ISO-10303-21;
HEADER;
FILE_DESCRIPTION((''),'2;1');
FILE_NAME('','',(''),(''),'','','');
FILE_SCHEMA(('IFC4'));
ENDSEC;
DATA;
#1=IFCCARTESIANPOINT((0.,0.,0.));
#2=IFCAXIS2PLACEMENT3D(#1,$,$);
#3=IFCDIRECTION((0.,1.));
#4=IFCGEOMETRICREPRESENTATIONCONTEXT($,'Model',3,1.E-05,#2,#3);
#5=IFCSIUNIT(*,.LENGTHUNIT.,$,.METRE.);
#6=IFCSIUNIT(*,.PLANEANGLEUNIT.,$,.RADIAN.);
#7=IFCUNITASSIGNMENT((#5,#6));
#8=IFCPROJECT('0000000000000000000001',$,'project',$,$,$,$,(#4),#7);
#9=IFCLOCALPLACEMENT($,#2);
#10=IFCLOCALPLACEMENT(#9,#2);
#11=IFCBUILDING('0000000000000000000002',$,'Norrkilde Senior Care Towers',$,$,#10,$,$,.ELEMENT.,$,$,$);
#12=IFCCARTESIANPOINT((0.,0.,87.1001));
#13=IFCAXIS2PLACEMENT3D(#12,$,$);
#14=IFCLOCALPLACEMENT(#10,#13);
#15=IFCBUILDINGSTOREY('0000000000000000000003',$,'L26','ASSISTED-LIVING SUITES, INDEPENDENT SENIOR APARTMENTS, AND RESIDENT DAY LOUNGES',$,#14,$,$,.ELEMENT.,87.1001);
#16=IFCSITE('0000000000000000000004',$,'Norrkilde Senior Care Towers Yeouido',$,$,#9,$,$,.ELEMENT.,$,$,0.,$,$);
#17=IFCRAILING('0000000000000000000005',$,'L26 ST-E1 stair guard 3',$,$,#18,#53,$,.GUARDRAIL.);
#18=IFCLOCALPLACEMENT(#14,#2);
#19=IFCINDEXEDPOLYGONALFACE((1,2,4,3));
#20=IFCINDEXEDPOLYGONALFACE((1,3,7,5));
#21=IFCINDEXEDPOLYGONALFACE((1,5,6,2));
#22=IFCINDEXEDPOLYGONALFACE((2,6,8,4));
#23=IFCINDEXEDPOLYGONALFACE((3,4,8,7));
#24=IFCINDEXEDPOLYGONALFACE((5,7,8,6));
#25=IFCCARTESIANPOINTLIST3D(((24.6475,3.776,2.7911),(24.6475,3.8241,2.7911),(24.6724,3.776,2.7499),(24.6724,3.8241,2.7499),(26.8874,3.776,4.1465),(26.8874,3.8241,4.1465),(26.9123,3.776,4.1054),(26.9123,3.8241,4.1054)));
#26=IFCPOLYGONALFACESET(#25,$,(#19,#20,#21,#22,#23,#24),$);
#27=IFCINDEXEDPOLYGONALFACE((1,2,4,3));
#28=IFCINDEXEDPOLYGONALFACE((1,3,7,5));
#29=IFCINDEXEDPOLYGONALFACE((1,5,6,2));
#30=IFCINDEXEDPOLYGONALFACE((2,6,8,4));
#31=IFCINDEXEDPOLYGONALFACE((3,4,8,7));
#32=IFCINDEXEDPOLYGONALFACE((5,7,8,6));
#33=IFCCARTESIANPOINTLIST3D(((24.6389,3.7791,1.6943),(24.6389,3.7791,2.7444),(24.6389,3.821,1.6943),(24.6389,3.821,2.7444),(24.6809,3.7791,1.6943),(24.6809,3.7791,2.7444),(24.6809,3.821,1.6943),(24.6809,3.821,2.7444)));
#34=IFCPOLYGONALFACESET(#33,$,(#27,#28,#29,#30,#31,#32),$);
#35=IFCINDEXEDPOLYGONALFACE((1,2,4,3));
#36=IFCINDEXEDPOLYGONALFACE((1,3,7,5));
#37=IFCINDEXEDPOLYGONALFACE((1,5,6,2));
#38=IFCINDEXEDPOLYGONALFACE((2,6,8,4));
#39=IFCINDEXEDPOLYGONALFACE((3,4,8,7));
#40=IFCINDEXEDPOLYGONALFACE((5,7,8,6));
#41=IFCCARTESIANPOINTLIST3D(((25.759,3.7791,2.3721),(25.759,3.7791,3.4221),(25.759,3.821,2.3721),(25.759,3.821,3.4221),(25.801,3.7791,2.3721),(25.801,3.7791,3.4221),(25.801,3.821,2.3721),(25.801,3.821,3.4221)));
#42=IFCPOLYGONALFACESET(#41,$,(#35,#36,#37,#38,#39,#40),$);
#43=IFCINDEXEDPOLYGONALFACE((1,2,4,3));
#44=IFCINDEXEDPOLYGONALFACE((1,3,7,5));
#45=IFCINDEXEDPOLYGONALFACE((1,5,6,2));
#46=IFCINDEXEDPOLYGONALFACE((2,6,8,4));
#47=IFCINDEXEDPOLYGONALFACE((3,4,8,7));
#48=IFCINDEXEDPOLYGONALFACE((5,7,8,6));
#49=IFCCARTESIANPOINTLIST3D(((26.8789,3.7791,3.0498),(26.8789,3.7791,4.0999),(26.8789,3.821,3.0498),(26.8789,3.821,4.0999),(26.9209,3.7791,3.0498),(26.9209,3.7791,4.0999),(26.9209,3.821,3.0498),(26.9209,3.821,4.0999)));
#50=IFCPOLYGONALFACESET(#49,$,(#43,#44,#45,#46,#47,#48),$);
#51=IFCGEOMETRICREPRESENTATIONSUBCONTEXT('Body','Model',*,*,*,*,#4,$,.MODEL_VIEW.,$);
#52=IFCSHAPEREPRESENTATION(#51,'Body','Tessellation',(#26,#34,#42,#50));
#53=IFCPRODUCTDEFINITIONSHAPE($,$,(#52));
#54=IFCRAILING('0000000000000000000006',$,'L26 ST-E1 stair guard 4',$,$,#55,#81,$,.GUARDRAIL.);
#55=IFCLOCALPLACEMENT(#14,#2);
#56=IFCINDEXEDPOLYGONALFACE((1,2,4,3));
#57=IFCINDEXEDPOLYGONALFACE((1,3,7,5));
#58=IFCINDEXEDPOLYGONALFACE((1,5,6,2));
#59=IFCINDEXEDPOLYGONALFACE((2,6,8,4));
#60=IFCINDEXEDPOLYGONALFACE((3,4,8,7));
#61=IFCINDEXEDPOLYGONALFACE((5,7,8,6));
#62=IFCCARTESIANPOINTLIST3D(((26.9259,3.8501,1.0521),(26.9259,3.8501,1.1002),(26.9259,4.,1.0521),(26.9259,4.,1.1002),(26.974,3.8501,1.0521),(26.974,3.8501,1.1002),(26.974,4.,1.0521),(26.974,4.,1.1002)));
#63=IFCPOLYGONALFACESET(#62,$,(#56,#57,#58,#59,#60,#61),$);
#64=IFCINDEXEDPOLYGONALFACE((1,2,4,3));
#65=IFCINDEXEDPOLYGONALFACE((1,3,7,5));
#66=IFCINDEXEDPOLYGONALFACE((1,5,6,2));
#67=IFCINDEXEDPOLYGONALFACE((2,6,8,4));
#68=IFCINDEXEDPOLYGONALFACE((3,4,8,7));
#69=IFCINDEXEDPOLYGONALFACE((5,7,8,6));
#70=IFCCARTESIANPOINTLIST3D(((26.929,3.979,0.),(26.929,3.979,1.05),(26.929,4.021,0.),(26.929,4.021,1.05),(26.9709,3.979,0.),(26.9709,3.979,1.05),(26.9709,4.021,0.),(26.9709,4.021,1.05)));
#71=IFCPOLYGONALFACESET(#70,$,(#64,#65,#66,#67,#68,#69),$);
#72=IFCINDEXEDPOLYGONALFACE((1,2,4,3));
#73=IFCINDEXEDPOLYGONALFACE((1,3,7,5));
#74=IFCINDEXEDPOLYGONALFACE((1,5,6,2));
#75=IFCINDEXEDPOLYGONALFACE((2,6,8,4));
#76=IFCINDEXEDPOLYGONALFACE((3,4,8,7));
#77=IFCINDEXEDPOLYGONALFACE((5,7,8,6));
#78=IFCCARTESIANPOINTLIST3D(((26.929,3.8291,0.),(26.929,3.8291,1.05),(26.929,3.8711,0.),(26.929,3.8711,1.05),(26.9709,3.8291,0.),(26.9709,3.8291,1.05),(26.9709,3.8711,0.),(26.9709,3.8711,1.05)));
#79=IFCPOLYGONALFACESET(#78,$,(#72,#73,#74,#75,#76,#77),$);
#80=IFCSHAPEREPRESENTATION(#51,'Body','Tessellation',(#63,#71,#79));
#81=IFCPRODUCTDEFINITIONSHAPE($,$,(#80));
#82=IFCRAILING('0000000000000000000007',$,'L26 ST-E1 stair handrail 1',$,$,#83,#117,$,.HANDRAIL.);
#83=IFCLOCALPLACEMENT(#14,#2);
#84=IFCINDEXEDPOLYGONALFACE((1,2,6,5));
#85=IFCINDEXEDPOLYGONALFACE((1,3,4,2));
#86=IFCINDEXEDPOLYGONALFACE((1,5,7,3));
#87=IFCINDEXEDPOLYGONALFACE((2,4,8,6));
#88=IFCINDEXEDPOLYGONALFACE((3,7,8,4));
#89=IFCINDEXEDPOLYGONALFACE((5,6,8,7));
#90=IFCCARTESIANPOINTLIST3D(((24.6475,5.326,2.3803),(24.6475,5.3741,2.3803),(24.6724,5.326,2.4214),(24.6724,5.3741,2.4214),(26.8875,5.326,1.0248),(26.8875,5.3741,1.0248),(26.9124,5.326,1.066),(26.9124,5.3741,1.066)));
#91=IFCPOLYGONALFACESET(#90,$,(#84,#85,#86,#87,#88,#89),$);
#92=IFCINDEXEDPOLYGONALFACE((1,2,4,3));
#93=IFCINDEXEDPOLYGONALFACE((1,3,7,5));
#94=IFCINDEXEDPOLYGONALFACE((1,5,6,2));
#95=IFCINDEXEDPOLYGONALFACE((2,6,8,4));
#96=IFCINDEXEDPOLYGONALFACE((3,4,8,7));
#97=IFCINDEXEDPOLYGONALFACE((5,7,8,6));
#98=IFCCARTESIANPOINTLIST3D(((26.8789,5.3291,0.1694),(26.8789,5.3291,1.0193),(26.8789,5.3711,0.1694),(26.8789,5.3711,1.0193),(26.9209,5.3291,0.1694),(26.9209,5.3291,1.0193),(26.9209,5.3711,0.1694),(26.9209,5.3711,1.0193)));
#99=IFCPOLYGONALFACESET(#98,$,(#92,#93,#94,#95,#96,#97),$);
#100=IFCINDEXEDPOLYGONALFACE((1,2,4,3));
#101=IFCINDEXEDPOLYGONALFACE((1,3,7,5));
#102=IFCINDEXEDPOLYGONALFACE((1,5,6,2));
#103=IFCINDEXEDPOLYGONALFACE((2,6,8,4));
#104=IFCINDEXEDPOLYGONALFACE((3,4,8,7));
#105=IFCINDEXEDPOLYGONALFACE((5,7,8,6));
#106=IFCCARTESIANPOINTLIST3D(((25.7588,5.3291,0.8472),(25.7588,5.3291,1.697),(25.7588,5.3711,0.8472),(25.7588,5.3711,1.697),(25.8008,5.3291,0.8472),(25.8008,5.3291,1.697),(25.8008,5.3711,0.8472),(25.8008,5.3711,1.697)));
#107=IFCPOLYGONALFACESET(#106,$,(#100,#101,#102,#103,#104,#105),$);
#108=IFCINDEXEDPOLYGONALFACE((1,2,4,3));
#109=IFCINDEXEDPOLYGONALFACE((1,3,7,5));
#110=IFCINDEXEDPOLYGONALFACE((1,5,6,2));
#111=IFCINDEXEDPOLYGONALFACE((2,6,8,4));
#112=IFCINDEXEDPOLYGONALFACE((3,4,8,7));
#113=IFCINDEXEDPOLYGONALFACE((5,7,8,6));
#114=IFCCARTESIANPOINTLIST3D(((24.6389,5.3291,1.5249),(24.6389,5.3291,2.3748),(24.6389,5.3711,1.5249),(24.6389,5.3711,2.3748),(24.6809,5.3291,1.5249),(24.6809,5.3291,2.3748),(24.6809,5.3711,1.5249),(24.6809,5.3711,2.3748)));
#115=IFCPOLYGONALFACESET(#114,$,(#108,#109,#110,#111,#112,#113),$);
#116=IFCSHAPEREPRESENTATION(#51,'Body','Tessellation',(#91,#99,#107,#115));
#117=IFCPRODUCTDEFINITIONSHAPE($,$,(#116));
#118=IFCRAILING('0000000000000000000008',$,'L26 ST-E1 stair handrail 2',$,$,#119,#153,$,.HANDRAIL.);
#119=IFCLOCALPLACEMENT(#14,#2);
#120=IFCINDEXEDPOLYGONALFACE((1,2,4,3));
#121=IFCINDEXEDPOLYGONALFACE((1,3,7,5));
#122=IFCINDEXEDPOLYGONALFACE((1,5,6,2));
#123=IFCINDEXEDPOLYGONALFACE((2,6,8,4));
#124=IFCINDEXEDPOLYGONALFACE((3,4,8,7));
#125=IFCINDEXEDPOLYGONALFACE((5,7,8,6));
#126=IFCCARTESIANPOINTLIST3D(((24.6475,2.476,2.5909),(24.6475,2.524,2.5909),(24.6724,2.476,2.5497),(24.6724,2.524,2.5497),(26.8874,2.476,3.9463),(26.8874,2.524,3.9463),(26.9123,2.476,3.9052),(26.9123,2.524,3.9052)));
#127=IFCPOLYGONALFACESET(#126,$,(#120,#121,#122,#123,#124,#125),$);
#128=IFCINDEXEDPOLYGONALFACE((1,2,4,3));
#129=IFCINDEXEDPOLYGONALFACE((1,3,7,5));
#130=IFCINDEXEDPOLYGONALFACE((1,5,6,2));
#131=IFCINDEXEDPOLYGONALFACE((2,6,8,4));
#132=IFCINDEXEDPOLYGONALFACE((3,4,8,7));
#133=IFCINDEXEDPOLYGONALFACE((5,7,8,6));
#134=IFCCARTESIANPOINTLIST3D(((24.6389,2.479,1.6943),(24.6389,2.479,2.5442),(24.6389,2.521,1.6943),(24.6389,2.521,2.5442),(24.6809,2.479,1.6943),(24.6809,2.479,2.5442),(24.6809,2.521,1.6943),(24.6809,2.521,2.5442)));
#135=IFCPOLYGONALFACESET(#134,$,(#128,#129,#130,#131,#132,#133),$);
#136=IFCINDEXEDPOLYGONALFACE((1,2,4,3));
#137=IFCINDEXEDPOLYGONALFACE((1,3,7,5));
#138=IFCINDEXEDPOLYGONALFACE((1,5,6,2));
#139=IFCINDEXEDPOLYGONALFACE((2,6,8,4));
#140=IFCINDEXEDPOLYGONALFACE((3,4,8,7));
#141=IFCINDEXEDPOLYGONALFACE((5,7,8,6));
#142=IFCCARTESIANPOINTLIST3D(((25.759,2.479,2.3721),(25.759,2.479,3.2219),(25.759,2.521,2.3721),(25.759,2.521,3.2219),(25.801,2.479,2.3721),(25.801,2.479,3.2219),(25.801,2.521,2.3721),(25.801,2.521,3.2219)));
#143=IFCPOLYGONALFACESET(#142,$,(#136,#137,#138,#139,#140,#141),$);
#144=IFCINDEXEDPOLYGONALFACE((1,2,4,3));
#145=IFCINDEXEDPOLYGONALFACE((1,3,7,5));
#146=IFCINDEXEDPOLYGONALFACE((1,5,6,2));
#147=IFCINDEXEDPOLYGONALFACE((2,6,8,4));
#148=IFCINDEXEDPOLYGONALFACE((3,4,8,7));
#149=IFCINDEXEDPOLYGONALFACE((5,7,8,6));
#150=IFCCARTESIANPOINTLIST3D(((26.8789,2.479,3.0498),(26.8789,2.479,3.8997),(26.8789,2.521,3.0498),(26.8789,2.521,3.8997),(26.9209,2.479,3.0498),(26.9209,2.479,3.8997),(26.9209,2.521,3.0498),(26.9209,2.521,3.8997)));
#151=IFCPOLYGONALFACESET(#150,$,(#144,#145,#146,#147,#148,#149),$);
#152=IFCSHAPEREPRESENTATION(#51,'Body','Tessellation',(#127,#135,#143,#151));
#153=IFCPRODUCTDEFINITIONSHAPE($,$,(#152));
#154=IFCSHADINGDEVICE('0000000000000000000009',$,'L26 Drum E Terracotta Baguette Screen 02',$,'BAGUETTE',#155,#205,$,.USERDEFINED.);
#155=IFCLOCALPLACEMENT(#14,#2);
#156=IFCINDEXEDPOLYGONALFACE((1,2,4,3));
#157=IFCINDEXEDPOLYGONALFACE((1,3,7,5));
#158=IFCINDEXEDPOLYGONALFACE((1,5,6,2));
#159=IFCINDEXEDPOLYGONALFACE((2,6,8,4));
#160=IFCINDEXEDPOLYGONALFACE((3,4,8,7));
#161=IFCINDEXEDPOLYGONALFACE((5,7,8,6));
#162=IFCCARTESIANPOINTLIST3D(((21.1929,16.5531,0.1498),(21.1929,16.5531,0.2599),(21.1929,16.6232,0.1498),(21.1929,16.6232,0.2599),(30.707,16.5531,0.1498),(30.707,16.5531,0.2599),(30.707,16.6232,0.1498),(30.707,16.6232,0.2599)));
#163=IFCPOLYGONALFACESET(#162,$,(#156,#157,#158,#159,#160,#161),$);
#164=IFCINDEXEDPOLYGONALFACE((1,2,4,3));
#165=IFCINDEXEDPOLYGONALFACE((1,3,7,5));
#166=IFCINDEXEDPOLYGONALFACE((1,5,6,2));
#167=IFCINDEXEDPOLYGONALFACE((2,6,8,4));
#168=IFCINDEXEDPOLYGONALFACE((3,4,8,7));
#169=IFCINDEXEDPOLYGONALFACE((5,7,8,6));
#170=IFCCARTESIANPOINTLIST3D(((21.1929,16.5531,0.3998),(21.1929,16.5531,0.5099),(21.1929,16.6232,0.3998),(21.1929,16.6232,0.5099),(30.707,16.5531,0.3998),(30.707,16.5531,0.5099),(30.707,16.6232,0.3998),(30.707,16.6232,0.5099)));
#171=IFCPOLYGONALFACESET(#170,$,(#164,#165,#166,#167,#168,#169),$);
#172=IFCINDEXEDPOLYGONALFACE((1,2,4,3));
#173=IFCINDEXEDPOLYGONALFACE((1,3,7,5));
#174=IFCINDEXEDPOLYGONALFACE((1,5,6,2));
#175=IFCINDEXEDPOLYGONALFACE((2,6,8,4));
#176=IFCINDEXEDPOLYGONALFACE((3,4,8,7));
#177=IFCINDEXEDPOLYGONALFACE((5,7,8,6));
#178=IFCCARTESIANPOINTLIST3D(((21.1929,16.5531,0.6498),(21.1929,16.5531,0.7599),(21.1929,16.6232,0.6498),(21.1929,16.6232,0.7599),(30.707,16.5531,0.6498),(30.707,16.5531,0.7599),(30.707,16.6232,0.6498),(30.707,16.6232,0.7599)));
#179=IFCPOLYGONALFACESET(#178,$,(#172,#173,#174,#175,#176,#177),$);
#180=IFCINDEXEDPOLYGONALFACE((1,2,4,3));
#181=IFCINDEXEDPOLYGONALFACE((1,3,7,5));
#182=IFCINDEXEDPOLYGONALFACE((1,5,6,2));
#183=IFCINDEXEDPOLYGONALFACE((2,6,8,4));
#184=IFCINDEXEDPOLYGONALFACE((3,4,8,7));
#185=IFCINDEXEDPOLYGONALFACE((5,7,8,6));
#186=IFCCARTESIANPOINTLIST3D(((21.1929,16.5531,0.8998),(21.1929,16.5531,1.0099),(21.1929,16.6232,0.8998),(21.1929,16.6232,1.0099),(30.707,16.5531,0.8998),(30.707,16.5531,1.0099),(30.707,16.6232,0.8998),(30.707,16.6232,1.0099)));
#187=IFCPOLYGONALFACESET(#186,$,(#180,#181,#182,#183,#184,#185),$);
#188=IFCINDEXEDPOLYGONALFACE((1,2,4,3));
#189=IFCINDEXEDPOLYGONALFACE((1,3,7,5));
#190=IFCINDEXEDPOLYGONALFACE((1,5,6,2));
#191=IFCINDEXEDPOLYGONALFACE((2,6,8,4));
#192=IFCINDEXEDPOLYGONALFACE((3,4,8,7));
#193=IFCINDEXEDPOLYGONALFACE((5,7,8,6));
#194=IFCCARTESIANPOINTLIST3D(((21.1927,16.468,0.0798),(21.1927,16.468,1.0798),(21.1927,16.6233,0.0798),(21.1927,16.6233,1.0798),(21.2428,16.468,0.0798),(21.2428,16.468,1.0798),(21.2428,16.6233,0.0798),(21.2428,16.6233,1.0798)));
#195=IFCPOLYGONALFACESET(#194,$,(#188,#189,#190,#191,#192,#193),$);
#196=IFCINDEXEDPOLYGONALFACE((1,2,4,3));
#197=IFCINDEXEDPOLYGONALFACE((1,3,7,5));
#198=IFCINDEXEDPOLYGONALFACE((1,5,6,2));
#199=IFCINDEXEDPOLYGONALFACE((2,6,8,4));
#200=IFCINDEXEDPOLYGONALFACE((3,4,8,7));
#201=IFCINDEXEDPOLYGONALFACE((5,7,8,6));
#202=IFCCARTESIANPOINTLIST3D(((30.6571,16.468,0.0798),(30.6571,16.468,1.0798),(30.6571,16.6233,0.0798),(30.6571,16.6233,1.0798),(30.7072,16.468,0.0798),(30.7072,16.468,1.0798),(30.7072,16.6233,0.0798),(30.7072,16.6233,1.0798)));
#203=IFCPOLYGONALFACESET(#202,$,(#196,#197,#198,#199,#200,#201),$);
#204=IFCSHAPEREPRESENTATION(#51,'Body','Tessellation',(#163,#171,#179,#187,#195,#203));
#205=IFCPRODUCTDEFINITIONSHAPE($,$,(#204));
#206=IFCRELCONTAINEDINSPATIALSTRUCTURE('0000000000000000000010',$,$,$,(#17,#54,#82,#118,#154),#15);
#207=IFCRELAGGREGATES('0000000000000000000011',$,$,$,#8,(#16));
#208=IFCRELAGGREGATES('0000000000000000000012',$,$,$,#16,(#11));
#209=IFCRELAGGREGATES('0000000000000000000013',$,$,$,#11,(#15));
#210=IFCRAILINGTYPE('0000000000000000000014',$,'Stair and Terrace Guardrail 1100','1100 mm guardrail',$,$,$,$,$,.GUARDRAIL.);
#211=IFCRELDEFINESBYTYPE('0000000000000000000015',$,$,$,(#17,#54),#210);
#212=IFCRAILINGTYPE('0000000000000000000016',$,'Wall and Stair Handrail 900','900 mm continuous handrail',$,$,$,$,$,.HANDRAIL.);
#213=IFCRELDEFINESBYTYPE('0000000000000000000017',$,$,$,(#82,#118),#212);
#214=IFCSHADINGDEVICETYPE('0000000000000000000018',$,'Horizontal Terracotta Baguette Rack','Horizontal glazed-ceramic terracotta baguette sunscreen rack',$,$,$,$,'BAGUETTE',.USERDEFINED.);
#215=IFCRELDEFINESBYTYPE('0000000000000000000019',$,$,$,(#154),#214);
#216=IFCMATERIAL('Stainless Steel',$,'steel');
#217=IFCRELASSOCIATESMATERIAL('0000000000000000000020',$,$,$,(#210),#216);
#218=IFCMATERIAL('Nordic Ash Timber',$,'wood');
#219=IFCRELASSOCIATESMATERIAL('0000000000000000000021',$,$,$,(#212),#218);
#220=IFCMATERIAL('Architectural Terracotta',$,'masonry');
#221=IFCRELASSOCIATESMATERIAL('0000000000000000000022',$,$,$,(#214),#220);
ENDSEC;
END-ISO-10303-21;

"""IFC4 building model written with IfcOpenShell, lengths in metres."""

from ifc_helpers import new_model, si_unit, direction, frame, origin, origin_2d, place, context, subcontext, project, spatial, rectangle, extrude, source, transform, mapped, material, type_object, type_shapes, element, save


model = new_model("IFC4")

# Units and contexts
model_context = context("Model", 3, precision=1e-05, world=origin(), true_north=direction((0.0, 1.0)))
body_context = subcontext(model_context, "Body", "Model", "MODEL_VIEW")
ifc_project = project(units=[si_unit("LENGTHUNIT", "METRE"), si_unit("PLANEANGLEUNIT", "RADIAN")], contexts=[model_context])

# Site, building, storey
site_placement = place(None, origin())
site = spatial("IfcSite", under=ifc_project, at=site_placement, Name="Norrkilde Senior Care Towers Yeouido", CompositionType="ELEMENT", RefElevation=0.0)
building_placement = place(site_placement, origin())
building = spatial("IfcBuilding", under=site, at=building_placement, Name="Norrkilde Senior Care Towers", CompositionType="ELEMENT")
storey_placement = place(building_placement, frame((0.0, 0.0, 87.1001)))
storey = spatial("IfcBuildingStorey", under=building, at=storey_placement, Name="L26", Description="ASSISTED-LIVING SUITES, INDEPENDENT SENIOR APARTMENTS, AND RESIDENT DAY LOUNGES", CompositionType="ELEMENT", Elevation=87.1001)

# Railings
ifc_material_1 = material(Name="Stainless Steel", Category="steel")
railing_type_1 = type_object("IfcRailingType", Name="Stair and Terrace Guardrail 1100", Description="1100 mm guardrail", PredefinedType="GUARDRAIL", material=ifc_material_1)
railing_1_placement = place(storey_placement, frame((24.6599, 3.8, 1.6943)))
element("IfcRailing", 1, at=railing_1_placement, inside=storey, type_object=railing_type_1, Name="L26 ST-E1 stair guard 3", PredefinedType="GUARDRAIL", context=body_context, shape_type="SweptSolid", body=[
    extrude(rectangle(XDim=0.0481, YDim=0.0481, at=origin_2d()), frame((0.0, 0.0, 1.0762), z_axis=(0.855553, 0.0, 0.517715), x_axis=(0.0, 1.0, 0.0)), (0.0, 0.0, 1.0), 2.6182),
    extrude(rectangle(XDim=0.042, YDim=0.042, at=origin_2d()), origin(), (0.0, 0.0, 1.0), 1.05),
    extrude(rectangle(XDim=0.042, YDim=0.042, at=origin_2d()), frame((1.1201, 0.0, 0.6777)), (0.0, 0.0, 1.0), 1.05),
    extrude(rectangle(XDim=0.042, YDim=0.042, at=origin_2d()), frame((2.24, 0.0, 1.3555)), (0.0, 0.0, 1.0), 1.05),
])
railing_2_placement = place(storey_placement, frame((26.95, 4.0, 0.0)))
element("IfcRailing", 2, at=railing_2_placement, inside=storey, type_object=railing_type_1, Name="L26 ST-E1 stair guard 4", PredefinedType="GUARDRAIL", context=body_context, shape_type="SweptSolid", body=[
    extrude(rectangle(XDim=0.0481, YDim=0.0481, at=origin_2d()), frame((0.0, 0.0, 1.0762), z_axis=(0.0, -1.0, 0.0), x_axis=(1.0, 0.0, 0.0)), (0.0, 0.0, 1.0), 0.1499),
    extrude(rectangle(XDim=0.042, YDim=0.042, at=origin_2d()), origin(), (0.0, 0.0, 1.0), 1.05),
    extrude(rectangle(XDim=0.042, YDim=0.042, at=origin_2d()), frame((0.0, -0.1499, 0.0)), (0.0, 0.0, 1.0), 1.05),
])
ifc_material_2 = material(Name="Nordic Ash Timber", Category="wood")
railing_type_2 = type_object("IfcRailingType", Name="Wall and Stair Handrail 900", Description="900 mm continuous handrail", PredefinedType="HANDRAIL", material=ifc_material_2)
railing_3_placement = place(storey_placement, frame((26.8999, 5.3501, 0.1694)))
element("IfcRailing", 3, at=railing_3_placement, inside=storey, type_object=railing_type_2, Name="L26 ST-E1 stair handrail 1", PredefinedType="HANDRAIL", context=body_context, shape_type="SweptSolid", body=[
    extrude(rectangle(XDim=0.0481, YDim=0.0481, at=origin_2d()), frame((0.0, 0.0, 0.876), z_axis=(-0.855553, 0.0, 0.517715), x_axis=(0.0, -1.0, 0.0)), (0.0, 0.0, 1.0), 2.6182),
    extrude(rectangle(XDim=0.042, YDim=0.042, at=origin_2d()), origin(), (0.0, 0.0, 1.0), 0.8499),
    extrude(rectangle(XDim=0.042, YDim=0.042, at=origin_2d()), frame((-1.1201, 0.0, 0.6777)), (0.0, 0.0, 1.0), 0.8499),
    extrude(rectangle(XDim=0.042, YDim=0.042, at=origin_2d()), frame((-2.24, 0.0, 1.3555)), (0.0, 0.0, 1.0), 0.8499),
])
railing_4_placement = place(storey_placement, frame((24.6599, 2.5, 1.6943)))
element("IfcRailing", 4, at=railing_4_placement, inside=storey, type_object=railing_type_2, Name="L26 ST-E1 stair handrail 2", PredefinedType="HANDRAIL", context=body_context, shape_type="SweptSolid", body=[
    extrude(rectangle(XDim=0.0481, YDim=0.0481, at=origin_2d()), frame((0.0, 0.0, 0.876), z_axis=(0.855553, 0.0, 0.517715), x_axis=(0.0, 1.0, 0.0)), (0.0, 0.0, 1.0), 2.6182),
    extrude(rectangle(XDim=0.042, YDim=0.042, at=origin_2d()), origin(), (0.0, 0.0, 1.0), 0.8499),
    extrude(rectangle(XDim=0.042, YDim=0.042, at=origin_2d()), frame((1.1201, 0.0, 0.6777)), (0.0, 0.0, 1.0), 0.8499),
    extrude(rectangle(XDim=0.042, YDim=0.042, at=origin_2d()), frame((2.24, 0.0, 1.3555)), (0.0, 0.0, 1.0), 0.8499),
])

# Shading device
ifc_material_3 = material(Name="Architectural Terracotta", Category="masonry")
shading_device_type = type_object("IfcShadingDeviceType", Name="Horizontal Terracotta Baguette Rack", Description="Horizontal glazed-ceramic terracotta baguette sunscreen rack", ElementType="BAGUETTE", PredefinedType="USERDEFINED", material=ifc_material_3)
shared_shape_1 = source(origin(), body_context, "Body", "SweptSolid", [
    extrude(rectangle(XDim=0.0701, YDim=0.1101, at=origin_2d()), frame((0.0, 0.0901, 0.125), z_axis=(1.0, 0.0, 0.0), x_axis=(0.0, 1.0, 0.0)), (0.0, 0.0, 1.0), 9.5142),
    extrude(rectangle(XDim=0.0701, YDim=0.1101, at=origin_2d()), frame((0.0, 0.0901, 0.375), z_axis=(1.0, 0.0, 0.0), x_axis=(0.0, 1.0, 0.0)), (0.0, 0.0, 1.0), 9.5142),
    extrude(rectangle(XDim=0.0701, YDim=0.1101, at=origin_2d()), frame((0.0, 0.0901, 0.625), z_axis=(1.0, 0.0, 0.0), x_axis=(0.0, 1.0, 0.0)), (0.0, 0.0, 1.0), 9.5142),
    extrude(rectangle(XDim=0.0701, YDim=0.1101, at=origin_2d()), frame((0.0, 0.0901, 0.875), z_axis=(1.0, 0.0, 0.0), x_axis=(0.0, 1.0, 0.0)), (0.0, 0.0, 1.0), 9.5142),
    extrude(rectangle(XDim=0.05, YDim=0.1553, at=origin_2d()), frame((0.0249, 0.0476, 0.0)), (0.0, 0.0, 1.0), 1.0),
    extrude(rectangle(XDim=0.05, YDim=0.1553, at=origin_2d()), frame((9.4893, 0.0476, 0.0)), (0.0, 0.0, 1.0), 1.0),
])
type_shapes(shading_device_type, [shared_shape_1])
shading_device_placement = place(storey_placement, frame((21.1929, 16.498, 0.0798), z_axis=(0.0, 0.0, 1.0), x_axis=(1.0, 0.0, 0.0)))
element("IfcShadingDevice", 5, at=shading_device_placement, inside=storey, type_object=shading_device_type, Name="L26 Drum E Terracotta Baguette Screen 02", ObjectType="BAGUETTE", PredefinedType="USERDEFINED", context=body_context, shape_type="MappedRepresentation", body=[
    mapped(shared_shape_1, transform((0.0, 0.0, 0.0), x_axis=(1.0, 0.0, 0.0), y_axis=(0.0, 1.0, 0.0), z_axis=(0.0, 0.0, 1.0), scale=1.0)),
])

save(model, "model.ifc")
